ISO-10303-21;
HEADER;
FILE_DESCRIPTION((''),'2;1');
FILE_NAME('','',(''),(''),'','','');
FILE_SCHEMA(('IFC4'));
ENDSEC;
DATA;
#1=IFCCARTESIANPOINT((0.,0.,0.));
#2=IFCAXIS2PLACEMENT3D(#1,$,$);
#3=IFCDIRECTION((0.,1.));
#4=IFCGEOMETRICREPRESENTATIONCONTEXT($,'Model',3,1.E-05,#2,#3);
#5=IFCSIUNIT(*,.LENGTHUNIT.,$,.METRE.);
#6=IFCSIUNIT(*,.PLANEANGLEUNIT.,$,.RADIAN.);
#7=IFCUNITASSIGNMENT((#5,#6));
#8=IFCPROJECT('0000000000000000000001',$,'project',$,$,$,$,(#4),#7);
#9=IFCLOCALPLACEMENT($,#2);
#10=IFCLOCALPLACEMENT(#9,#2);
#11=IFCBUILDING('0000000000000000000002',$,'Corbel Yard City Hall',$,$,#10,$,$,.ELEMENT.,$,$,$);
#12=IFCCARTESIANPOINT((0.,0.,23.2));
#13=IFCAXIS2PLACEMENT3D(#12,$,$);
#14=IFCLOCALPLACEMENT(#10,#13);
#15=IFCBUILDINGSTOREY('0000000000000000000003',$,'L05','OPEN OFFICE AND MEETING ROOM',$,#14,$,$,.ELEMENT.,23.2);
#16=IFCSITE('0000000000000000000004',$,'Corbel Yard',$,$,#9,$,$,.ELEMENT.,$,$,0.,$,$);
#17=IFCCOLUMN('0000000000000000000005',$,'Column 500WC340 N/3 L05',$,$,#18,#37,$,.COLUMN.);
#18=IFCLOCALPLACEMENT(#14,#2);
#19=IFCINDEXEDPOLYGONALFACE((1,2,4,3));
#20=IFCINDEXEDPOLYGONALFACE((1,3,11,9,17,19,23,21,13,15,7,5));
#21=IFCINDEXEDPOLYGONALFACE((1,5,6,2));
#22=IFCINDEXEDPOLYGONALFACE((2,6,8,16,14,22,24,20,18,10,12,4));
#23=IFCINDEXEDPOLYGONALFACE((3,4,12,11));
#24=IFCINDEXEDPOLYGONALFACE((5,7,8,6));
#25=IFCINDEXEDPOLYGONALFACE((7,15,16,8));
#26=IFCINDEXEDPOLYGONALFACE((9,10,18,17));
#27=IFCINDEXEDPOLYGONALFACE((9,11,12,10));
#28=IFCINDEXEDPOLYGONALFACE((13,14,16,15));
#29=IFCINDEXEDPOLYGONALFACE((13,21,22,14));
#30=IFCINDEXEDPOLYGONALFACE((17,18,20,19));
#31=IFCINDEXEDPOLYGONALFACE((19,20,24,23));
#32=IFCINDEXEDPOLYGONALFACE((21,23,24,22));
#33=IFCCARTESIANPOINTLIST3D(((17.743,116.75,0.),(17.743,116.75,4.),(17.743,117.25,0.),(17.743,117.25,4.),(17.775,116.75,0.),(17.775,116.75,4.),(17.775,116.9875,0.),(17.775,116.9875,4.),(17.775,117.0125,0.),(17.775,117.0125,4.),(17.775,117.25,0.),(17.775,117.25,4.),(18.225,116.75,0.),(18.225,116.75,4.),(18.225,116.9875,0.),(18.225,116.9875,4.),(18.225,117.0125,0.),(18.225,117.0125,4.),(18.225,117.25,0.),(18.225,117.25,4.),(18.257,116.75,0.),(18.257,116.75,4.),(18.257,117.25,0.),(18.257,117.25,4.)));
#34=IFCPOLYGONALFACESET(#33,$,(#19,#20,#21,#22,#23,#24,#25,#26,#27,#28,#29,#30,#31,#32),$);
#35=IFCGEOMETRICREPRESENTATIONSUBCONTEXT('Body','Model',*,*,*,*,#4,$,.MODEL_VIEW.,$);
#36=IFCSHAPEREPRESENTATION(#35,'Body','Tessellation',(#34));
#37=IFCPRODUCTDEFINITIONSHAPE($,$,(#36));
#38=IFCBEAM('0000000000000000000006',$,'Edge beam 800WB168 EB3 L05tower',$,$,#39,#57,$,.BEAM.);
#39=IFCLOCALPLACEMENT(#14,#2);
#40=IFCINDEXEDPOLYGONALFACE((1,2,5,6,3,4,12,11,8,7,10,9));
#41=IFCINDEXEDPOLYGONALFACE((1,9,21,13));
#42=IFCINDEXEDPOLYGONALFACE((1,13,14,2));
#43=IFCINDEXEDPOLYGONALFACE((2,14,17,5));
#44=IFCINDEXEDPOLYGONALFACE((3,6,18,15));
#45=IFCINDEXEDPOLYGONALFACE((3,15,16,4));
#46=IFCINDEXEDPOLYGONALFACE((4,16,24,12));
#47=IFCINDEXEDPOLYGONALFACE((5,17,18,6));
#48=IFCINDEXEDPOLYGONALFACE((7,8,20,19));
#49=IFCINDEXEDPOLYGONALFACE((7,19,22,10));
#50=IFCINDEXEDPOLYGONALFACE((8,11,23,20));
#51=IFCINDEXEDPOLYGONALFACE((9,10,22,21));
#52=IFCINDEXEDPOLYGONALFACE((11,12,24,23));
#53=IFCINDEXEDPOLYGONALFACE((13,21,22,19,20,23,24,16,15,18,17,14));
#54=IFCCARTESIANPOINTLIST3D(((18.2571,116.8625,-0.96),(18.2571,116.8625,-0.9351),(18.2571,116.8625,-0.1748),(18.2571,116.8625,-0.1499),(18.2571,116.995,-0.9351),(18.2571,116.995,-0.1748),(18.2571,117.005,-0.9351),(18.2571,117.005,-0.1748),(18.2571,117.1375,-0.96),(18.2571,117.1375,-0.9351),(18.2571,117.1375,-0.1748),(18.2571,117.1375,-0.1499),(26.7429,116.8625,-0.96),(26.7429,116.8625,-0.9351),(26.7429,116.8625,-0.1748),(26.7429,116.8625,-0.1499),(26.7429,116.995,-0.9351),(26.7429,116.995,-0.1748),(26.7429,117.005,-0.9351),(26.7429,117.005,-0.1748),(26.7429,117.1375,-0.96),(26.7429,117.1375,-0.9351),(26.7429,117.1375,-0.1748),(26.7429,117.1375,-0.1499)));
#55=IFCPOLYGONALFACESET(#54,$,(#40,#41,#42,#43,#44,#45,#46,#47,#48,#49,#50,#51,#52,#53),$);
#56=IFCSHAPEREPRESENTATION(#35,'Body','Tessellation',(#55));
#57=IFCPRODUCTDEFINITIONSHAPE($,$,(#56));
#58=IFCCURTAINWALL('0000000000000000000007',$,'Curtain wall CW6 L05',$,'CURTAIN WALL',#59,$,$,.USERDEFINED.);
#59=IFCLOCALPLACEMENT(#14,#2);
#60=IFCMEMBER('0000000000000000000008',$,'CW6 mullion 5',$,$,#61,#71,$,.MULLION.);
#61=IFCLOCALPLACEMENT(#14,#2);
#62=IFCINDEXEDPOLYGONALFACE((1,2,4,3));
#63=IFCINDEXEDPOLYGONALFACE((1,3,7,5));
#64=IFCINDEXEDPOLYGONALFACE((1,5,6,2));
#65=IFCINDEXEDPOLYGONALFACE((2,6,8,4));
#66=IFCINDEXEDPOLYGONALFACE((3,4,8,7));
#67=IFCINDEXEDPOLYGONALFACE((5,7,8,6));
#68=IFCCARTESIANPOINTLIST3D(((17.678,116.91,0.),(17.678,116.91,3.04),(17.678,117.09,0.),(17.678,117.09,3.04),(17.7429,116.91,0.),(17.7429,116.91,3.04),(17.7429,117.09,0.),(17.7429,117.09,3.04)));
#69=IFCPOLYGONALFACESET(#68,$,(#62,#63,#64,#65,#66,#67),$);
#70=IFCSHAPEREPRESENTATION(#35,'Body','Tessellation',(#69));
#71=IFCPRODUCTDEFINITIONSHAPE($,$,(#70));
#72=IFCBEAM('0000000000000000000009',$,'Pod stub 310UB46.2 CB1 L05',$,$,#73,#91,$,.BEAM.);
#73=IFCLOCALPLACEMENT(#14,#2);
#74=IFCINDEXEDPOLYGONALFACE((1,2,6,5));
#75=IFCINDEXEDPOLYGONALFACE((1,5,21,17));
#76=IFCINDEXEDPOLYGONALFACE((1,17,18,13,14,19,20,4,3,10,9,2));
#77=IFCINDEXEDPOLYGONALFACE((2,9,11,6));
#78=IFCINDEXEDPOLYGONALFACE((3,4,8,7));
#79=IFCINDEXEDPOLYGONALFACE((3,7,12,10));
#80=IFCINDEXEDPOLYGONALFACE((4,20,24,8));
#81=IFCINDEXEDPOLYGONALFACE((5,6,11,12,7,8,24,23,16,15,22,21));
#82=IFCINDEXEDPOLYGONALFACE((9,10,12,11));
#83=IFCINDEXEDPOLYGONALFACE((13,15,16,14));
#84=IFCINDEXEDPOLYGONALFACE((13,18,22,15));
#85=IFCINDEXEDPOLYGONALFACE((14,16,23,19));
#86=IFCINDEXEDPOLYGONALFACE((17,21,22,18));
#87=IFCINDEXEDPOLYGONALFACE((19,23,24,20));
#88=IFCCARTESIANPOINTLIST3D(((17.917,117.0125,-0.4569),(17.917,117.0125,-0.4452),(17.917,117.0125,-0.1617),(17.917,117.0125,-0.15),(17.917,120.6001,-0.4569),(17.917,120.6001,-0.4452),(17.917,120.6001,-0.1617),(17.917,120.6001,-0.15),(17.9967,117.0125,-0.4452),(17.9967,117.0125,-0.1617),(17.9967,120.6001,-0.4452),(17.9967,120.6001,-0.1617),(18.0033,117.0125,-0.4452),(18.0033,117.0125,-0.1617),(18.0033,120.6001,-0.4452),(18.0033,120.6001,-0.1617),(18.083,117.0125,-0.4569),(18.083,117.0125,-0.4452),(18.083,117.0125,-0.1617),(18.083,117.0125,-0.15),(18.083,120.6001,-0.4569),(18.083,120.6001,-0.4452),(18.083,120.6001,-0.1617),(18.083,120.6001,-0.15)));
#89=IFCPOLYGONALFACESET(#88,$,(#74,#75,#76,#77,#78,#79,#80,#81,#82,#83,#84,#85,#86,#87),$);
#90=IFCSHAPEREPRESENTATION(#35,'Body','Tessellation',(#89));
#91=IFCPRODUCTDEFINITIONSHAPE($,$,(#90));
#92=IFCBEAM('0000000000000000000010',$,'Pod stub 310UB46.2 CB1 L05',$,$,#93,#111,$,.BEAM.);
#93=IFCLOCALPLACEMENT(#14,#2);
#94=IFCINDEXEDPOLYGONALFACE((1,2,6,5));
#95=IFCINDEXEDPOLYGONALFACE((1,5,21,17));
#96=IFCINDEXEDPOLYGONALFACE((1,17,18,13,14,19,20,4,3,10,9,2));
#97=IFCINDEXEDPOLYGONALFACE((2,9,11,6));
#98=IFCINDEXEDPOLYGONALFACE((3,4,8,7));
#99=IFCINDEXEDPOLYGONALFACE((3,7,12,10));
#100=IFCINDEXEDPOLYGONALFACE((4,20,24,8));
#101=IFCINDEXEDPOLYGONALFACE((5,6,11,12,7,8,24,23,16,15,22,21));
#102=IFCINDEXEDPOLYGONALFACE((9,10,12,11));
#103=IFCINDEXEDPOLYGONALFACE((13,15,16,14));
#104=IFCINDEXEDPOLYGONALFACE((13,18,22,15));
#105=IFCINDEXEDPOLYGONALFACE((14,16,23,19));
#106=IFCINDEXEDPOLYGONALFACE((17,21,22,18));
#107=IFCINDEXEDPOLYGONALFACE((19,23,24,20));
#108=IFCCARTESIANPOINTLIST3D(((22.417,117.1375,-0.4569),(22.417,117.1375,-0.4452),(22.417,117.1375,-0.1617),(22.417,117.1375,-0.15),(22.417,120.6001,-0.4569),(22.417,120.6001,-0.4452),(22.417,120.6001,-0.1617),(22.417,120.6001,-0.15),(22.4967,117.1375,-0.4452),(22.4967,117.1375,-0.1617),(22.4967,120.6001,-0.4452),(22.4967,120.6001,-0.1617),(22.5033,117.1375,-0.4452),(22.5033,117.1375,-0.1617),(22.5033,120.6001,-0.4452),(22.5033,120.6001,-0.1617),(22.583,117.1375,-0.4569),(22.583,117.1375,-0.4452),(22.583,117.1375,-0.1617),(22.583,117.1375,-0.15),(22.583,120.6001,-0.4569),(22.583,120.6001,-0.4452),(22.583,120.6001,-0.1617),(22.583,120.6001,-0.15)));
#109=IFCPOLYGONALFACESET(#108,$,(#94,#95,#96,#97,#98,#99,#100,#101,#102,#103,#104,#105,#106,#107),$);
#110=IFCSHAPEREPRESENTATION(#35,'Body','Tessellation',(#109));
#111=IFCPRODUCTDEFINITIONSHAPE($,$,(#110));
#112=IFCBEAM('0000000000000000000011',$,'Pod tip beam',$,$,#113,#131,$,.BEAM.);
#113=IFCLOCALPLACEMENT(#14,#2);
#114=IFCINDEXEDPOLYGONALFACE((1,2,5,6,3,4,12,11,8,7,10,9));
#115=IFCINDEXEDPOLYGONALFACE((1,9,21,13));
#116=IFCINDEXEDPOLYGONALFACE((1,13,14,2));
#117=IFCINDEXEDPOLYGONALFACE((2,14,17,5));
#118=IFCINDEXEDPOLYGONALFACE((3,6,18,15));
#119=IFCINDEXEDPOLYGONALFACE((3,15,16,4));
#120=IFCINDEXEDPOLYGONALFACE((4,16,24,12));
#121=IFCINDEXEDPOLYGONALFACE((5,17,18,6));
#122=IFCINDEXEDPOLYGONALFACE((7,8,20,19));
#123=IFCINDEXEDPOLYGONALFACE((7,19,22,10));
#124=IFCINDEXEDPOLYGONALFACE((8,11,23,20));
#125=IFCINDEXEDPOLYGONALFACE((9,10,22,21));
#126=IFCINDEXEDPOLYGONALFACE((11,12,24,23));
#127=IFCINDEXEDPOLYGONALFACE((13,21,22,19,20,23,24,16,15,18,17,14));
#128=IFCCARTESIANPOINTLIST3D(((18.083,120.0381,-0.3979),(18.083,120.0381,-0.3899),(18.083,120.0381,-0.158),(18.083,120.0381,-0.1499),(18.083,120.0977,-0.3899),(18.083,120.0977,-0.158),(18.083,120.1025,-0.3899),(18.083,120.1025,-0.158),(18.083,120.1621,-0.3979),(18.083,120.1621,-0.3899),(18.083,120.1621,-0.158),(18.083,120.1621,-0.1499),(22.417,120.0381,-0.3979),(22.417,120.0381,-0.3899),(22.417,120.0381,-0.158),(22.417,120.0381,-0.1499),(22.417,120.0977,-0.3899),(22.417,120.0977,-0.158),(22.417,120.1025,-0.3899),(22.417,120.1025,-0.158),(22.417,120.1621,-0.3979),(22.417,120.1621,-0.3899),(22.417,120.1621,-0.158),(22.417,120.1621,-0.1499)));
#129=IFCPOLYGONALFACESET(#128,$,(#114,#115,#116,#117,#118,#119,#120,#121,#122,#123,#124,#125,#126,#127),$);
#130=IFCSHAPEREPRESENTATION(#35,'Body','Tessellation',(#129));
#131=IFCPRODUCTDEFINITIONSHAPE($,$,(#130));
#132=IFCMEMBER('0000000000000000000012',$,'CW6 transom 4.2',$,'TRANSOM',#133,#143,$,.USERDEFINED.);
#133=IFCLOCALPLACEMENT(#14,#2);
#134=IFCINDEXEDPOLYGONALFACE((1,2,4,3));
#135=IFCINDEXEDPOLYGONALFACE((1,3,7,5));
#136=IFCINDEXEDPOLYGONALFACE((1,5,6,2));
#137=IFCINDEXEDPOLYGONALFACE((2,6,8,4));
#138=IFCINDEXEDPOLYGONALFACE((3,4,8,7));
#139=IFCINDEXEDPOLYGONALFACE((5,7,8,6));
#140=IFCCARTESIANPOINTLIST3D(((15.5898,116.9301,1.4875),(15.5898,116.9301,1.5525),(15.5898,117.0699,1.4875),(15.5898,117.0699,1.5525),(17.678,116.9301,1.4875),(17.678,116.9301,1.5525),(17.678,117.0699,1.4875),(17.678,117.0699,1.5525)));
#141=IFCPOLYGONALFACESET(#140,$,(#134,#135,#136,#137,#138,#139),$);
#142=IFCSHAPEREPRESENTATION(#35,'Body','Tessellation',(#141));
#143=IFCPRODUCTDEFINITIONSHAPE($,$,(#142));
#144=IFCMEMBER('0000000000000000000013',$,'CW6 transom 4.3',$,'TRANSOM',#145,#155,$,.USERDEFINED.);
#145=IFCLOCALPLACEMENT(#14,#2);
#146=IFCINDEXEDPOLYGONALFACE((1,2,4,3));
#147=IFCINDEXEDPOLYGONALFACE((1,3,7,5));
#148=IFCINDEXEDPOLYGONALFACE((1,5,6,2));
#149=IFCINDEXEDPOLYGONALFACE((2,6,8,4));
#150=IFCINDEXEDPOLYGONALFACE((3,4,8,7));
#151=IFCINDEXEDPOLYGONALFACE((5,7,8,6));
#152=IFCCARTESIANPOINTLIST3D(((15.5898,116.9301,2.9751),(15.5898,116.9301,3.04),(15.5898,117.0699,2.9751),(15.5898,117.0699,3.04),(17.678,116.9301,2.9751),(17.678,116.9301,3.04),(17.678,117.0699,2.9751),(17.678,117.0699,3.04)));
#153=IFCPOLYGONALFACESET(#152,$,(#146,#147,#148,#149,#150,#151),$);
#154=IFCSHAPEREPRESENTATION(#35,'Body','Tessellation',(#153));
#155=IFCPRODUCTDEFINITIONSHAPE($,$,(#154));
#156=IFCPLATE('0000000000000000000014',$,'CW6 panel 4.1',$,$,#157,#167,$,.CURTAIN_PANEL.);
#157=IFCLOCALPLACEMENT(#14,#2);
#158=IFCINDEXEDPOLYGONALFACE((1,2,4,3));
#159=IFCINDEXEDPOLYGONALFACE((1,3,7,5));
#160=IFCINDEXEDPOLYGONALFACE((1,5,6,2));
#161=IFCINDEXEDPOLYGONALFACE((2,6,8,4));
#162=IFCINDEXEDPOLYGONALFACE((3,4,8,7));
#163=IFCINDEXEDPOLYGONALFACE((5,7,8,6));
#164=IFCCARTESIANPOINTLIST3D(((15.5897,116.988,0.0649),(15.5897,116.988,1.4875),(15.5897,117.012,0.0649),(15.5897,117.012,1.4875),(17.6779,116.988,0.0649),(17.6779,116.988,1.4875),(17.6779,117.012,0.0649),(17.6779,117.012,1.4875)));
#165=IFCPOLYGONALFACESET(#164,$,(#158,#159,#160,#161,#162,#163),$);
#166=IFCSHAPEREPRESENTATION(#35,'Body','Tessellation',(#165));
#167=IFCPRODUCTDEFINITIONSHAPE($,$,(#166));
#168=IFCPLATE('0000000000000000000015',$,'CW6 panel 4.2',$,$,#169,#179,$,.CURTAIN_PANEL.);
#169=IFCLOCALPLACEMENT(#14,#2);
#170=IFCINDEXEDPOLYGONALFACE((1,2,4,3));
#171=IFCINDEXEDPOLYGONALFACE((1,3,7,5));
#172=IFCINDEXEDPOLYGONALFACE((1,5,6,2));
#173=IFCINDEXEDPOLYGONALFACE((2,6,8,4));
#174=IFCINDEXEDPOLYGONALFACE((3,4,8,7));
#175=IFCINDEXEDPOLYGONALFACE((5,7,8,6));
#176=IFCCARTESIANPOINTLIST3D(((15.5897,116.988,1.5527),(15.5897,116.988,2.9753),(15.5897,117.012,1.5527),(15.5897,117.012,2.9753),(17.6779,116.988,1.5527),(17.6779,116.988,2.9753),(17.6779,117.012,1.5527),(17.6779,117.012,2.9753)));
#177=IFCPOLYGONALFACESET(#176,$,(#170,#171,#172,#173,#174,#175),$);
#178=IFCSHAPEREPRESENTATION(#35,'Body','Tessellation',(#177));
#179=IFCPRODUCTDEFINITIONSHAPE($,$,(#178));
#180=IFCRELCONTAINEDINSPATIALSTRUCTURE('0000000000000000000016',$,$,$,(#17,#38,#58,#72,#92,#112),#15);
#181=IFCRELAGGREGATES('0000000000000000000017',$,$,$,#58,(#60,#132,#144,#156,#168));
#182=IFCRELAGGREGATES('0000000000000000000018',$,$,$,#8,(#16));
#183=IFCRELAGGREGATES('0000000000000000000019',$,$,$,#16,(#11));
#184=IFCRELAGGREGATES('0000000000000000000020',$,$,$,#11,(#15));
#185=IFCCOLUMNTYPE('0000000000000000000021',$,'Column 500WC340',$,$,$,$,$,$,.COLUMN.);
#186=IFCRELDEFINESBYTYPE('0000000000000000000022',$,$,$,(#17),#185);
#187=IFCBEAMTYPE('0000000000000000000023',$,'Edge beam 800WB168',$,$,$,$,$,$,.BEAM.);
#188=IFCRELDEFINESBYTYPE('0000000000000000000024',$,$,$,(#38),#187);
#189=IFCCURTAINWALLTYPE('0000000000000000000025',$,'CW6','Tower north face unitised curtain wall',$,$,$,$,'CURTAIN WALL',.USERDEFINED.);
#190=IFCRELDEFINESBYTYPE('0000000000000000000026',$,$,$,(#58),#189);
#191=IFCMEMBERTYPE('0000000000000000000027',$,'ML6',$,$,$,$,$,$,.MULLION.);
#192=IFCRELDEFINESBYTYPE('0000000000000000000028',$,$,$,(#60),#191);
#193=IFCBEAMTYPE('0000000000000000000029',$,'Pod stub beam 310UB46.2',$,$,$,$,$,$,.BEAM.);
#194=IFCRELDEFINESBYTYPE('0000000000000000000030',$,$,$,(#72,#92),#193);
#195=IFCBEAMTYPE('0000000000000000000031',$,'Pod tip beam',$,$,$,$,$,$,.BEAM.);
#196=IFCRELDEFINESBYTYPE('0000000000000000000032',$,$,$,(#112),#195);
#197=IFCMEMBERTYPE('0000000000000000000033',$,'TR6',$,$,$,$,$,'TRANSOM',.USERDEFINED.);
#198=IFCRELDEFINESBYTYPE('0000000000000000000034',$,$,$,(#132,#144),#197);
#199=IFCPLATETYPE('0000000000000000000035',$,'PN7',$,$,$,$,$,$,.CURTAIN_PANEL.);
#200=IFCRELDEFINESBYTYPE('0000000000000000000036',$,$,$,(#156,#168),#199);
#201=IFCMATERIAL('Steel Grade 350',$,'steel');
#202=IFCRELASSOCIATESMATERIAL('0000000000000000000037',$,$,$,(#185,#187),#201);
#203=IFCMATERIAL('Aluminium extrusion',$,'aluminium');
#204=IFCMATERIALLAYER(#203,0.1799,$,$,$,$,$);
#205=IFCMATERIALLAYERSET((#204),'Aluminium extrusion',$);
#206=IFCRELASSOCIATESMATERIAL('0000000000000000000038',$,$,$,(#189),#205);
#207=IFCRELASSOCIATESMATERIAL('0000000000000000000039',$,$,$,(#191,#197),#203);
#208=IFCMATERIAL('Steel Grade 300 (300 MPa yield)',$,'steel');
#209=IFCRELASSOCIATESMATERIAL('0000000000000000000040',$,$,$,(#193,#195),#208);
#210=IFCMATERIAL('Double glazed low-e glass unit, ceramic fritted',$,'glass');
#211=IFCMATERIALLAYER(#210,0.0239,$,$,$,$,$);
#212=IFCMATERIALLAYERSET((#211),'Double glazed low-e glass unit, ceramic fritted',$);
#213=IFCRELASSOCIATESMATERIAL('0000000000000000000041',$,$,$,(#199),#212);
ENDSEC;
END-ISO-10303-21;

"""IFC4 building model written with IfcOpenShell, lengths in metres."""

from ifc_helpers import new_model, si_unit, direction, frame, origin, origin_2d, place, context, subcontext, project, spatial, rectangle, i_section, extrude, material, layer, layer_set, material_profile, profile_set, type_object, element, aggregate, save


model = new_model("IFC4")

# Units and contexts
model_context = context("Model", 3, precision=1e-05, world=origin(), true_north=direction((0.0, 1.0)))
body_context = subcontext(model_context, "Body", "Model", "MODEL_VIEW")
ifc_project = project(units=[si_unit("LENGTHUNIT", "METRE"), si_unit("PLANEANGLEUNIT", "RADIAN")], contexts=[model_context])

# Site, building, storey
site_placement = place(None, origin())
site = spatial("IfcSite", under=ifc_project, at=site_placement, Name="Corbel Yard", CompositionType="ELEMENT", RefElevation=0.0)
building_placement = place(site_placement, origin())
building = spatial("IfcBuilding", under=site, at=building_placement, Name="Corbel Yard City Hall", CompositionType="ELEMENT")
storey_placement = place(building_placement, frame((0.0, 0.0, 23.2)))
storey = spatial("IfcBuildingStorey", under=building, at=storey_placement, Name="L05", Description="OPEN OFFICE AND MEETING ROOM", CompositionType="ELEMENT", Elevation=23.2)

# Column
ifc_material_1 = material(Name="Steel Grade 350", Category="steel")
ifc_material_profile_1 = material_profile(ifc_material_1, i_section(OverallWidth=0.5, OverallDepth=0.5139, WebThickness=0.0249, FlangeThickness=0.032, at=origin_2d()), Name="500WC340")
ifc_profile_set_1 = profile_set([ifc_material_profile_1], Name="Steel Grade 350")
column_type = type_object("IfcColumnType", Name="Column 500WC340", PredefinedType="COLUMN", material=ifc_profile_set_1)
column_placement = place(storey_placement, frame((18.0, 117.0, 0.0), z_axis=(0.0, 0.0, 1.0), x_axis=(0.0, 1.0, 0.0)))
element("IfcColumn", 1, at=column_placement, inside=storey, type_object=column_type, Name="Column 500WC340 N/3 L05", PredefinedType="COLUMN", context=body_context, shape_type="SweptSolid", body=[
    extrude(i_section(OverallWidth=0.5, OverallDepth=0.5139, WebThickness=0.0249, FlangeThickness=0.032, at=origin_2d()), origin(), (0.0, 0.0, 1.0), 4.0),
])

# Beam
ifc_material_profile_2 = material_profile(ifc_material_1, i_section(OverallWidth=0.2749, OverallDepth=0.8101, WebThickness=0.01, FlangeThickness=0.0249, at=origin_2d()), Name="800WB168")
ifc_profile_set_2 = profile_set([ifc_material_profile_2], Name="Steel Grade 350")
beam_type_1 = type_object("IfcBeamType", Name="Edge beam 800WB168", PredefinedType="BEAM", material=ifc_profile_set_2)
beam_1_placement = place(storey_placement, frame((18.2571, 117.0, -0.5549), z_axis=(1.0, 0.0, 0.0), x_axis=(0.0, 1.0, 0.0)))
element("IfcBeam", 2, at=beam_1_placement, inside=storey, type_object=beam_type_1, Name="Edge beam 800WB168 EB3 L05tower", PredefinedType="BEAM", context=body_context, shape_type="SweptSolid", body=[
    extrude(i_section(OverallWidth=0.2749, OverallDepth=0.8101, WebThickness=0.01, FlangeThickness=0.0249, at=origin_2d()), origin(), (0.0, 0.0, 1.0), 8.4858),
])

# Curtain wall, member
ifc_material_2 = material(Name="Aluminium extrusion", Category="aluminium")
ifc_layer_1 = layer(ifc_material_2, 0.1799)
ifc_layer_set_1 = layer_set([ifc_layer_1], Name="Aluminium extrusion")
curtain_wall_type = type_object("IfcCurtainWallType", Name="CW6", Description="Tower north face unitised curtain wall", ElementType="CURTAIN WALL", PredefinedType="USERDEFINED", material=ifc_layer_set_1)
curtain_wall_placement = place(storey_placement, origin())
curtain_wall = element("IfcCurtainWall", 3, at=curtain_wall_placement, inside=storey, type_object=curtain_wall_type, Name="Curtain wall CW6 L05", ObjectType="CURTAIN WALL", PredefinedType="USERDEFINED")
ifc_material_profile_3 = material_profile(ifc_material_2, rectangle(XDim=0.1799, YDim=0.0649, at=origin_2d()), Name="180x65")
ifc_profile_set_3 = profile_set([ifc_material_profile_3], Name="Aluminium extrusion")
member_type_1 = type_object("IfcMemberType", Name="ML6", PredefinedType="MULLION", material=ifc_profile_set_3)
member_1_placement = place(storey_placement, frame((17.7104, 117.0, 0.0), z_axis=(0.0, 0.0, 1.0), x_axis=(0.0, 1.0, 0.0)))
member_1 = element("IfcMember", 4, at=member_1_placement, type_object=member_type_1, Name="CW6 mullion 5", PredefinedType="MULLION", context=body_context, shape_type="SweptSolid", body=[
    extrude(rectangle(XDim=0.1799, YDim=0.0649, at=origin_2d()), origin(), (0.0, 0.0, 1.0), 3.04),
])

# Beams
ifc_material_3 = material(Name="Steel Grade 300 (300 MPa yield)", Category="steel")
ifc_material_profile_4 = material_profile(ifc_material_3, i_section(OverallWidth=0.166, OverallDepth=0.3069, WebThickness=0.0066, FlangeThickness=0.0117, at=origin_2d()), Name="310UB46.2")
ifc_profile_set_4 = profile_set([ifc_material_profile_4], Name="Steel Grade 300 (300 MPa yield)")
beam_type_2 = type_object("IfcBeamType", Name="Pod stub beam 310UB46.2", PredefinedType="BEAM", material=ifc_profile_set_4)
beam_2_placement = place(storey_placement, frame((18.0, 117.0125, -0.3035), z_axis=(0.0, 1.0, 0.0), x_axis=(-1.0, 0.0, 0.0)))
element("IfcBeam", 5, at=beam_2_placement, inside=storey, type_object=beam_type_2, Name="Pod stub 310UB46.2 CB1 L05", PredefinedType="BEAM", context=body_context, shape_type="SweptSolid", body=[
    extrude(i_section(OverallWidth=0.166, OverallDepth=0.3069, WebThickness=0.0066, FlangeThickness=0.0117, at=origin_2d()), origin(), (0.0, 0.0, 1.0), 3.5876),
])
beam_3_placement = place(storey_placement, frame((22.5, 117.1375, -0.3035), z_axis=(0.0, 1.0, 0.0), x_axis=(-1.0, 0.0, 0.0)))
element("IfcBeam", 6, at=beam_3_placement, inside=storey, type_object=beam_type_2, Name="Pod stub 310UB46.2 CB1 L05", PredefinedType="BEAM", context=body_context, shape_type="SweptSolid", body=[
    extrude(i_section(OverallWidth=0.166, OverallDepth=0.3069, WebThickness=0.0066, FlangeThickness=0.0117, at=origin_2d()), origin(), (0.0, 0.0, 1.0), 3.4626),
])
ifc_material_profile_5 = material_profile(ifc_material_3, i_section(OverallWidth=0.124, OverallDepth=0.248, WebThickness=0.0049, FlangeThickness=0.0081, at=origin_2d()), Name="250UB25.7")
ifc_profile_set_5 = profile_set([ifc_material_profile_5], Name="Steel Grade 300 (300 MPa yield)")
beam_type_3 = type_object("IfcBeamType", Name="Pod tip beam", PredefinedType="BEAM", material=ifc_profile_set_5)
beam_4_placement = place(storey_placement, frame((18.083, 120.1001, -0.2739), z_axis=(1.0, 0.0, 0.0), x_axis=(0.0, 1.0, 0.0)))
element("IfcBeam", 7, at=beam_4_placement, inside=storey, type_object=beam_type_3, Name="Pod tip beam", PredefinedType="BEAM", context=body_context, shape_type="SweptSolid", body=[
    extrude(i_section(OverallWidth=0.124, OverallDepth=0.248, WebThickness=0.0049, FlangeThickness=0.0081, at=origin_2d()), origin(), (0.0, 0.0, 1.0), 4.334),
])

# Members
ifc_material_profile_6 = material_profile(ifc_material_2, rectangle(XDim=0.1399, YDim=0.0649, at=origin_2d()), Name="140x65")
ifc_profile_set_6 = profile_set([ifc_material_profile_6], Name="Aluminium extrusion")
member_type_2 = type_object("IfcMemberType", Name="TR6", ElementType="TRANSOM", PredefinedType="USERDEFINED", material=ifc_profile_set_6)
member_2_placement = place(storey_placement, frame((15.5898, 117.0, 1.52), z_axis=(1.0, 0.0, 0.0), x_axis=(0.0, 1.0, 0.0)))
member_2 = element("IfcMember", 8, at=member_2_placement, type_object=member_type_2, Name="CW6 transom 4.2", ObjectType="TRANSOM", PredefinedType="USERDEFINED", context=body_context, shape_type="SweptSolid", body=[
    extrude(rectangle(XDim=0.1399, YDim=0.0649, at=origin_2d()), origin(), (0.0, 0.0, 1.0), 2.0881),
])
member_3_placement = place(storey_placement, frame((15.5898, 117.0, 3.0076), z_axis=(1.0, 0.0, 0.0), x_axis=(0.0, 1.0, 0.0)))
member_3 = element("IfcMember", 9, at=member_3_placement, type_object=member_type_2, Name="CW6 transom 4.3", ObjectType="TRANSOM", PredefinedType="USERDEFINED", context=body_context, shape_type="SweptSolid", body=[
    extrude(rectangle(XDim=0.1399, YDim=0.0649, at=origin_2d()), origin(), (0.0, 0.0, 1.0), 2.0881),
])

# Plates
ifc_material_4 = material(Name="Double glazed low-e glass unit, ceramic fritted", Category="glass")
ifc_layer_2 = layer(ifc_material_4, 0.0239)
ifc_layer_set_2 = layer_set([ifc_layer_2], Name="Double glazed low-e glass unit, ceramic fritted")
plate_type = type_object("IfcPlateType", Name="PN7", PredefinedType="CURTAIN_PANEL", material=ifc_layer_set_2)
plate_1_placement = place(storey_placement, frame((16.6338, 117.0, 0.0649), z_axis=(0.0, 0.0, 1.0), x_axis=(1.0, 0.0, 0.0)))
plate_1 = element("IfcPlate", 10, at=plate_1_placement, type_object=plate_type, Name="CW6 panel 4.1", PredefinedType="CURTAIN_PANEL", context=body_context, shape_type="SweptSolid", body=[
    extrude(rectangle(XDim=2.0881, YDim=0.0239, at=origin_2d()), origin(), (0.0, 0.0, 1.0), 1.4226),
])
plate_2_placement = place(storey_placement, frame((16.6338, 117.0, 1.5527), z_axis=(0.0, 0.0, 1.0), x_axis=(1.0, 0.0, 0.0)))
plate_2 = element("IfcPlate", 11, at=plate_2_placement, type_object=plate_type, Name="CW6 panel 4.2", PredefinedType="CURTAIN_PANEL", context=body_context, shape_type="SweptSolid", body=[
    extrude(rectangle(XDim=2.0881, YDim=0.0239, at=origin_2d()), origin(), (0.0, 0.0, 1.0), 1.4226),
])
aggregate(curtain_wall, [member_1, member_2, member_3, plate_1, plate_2])

save(model, "model.ifc")
